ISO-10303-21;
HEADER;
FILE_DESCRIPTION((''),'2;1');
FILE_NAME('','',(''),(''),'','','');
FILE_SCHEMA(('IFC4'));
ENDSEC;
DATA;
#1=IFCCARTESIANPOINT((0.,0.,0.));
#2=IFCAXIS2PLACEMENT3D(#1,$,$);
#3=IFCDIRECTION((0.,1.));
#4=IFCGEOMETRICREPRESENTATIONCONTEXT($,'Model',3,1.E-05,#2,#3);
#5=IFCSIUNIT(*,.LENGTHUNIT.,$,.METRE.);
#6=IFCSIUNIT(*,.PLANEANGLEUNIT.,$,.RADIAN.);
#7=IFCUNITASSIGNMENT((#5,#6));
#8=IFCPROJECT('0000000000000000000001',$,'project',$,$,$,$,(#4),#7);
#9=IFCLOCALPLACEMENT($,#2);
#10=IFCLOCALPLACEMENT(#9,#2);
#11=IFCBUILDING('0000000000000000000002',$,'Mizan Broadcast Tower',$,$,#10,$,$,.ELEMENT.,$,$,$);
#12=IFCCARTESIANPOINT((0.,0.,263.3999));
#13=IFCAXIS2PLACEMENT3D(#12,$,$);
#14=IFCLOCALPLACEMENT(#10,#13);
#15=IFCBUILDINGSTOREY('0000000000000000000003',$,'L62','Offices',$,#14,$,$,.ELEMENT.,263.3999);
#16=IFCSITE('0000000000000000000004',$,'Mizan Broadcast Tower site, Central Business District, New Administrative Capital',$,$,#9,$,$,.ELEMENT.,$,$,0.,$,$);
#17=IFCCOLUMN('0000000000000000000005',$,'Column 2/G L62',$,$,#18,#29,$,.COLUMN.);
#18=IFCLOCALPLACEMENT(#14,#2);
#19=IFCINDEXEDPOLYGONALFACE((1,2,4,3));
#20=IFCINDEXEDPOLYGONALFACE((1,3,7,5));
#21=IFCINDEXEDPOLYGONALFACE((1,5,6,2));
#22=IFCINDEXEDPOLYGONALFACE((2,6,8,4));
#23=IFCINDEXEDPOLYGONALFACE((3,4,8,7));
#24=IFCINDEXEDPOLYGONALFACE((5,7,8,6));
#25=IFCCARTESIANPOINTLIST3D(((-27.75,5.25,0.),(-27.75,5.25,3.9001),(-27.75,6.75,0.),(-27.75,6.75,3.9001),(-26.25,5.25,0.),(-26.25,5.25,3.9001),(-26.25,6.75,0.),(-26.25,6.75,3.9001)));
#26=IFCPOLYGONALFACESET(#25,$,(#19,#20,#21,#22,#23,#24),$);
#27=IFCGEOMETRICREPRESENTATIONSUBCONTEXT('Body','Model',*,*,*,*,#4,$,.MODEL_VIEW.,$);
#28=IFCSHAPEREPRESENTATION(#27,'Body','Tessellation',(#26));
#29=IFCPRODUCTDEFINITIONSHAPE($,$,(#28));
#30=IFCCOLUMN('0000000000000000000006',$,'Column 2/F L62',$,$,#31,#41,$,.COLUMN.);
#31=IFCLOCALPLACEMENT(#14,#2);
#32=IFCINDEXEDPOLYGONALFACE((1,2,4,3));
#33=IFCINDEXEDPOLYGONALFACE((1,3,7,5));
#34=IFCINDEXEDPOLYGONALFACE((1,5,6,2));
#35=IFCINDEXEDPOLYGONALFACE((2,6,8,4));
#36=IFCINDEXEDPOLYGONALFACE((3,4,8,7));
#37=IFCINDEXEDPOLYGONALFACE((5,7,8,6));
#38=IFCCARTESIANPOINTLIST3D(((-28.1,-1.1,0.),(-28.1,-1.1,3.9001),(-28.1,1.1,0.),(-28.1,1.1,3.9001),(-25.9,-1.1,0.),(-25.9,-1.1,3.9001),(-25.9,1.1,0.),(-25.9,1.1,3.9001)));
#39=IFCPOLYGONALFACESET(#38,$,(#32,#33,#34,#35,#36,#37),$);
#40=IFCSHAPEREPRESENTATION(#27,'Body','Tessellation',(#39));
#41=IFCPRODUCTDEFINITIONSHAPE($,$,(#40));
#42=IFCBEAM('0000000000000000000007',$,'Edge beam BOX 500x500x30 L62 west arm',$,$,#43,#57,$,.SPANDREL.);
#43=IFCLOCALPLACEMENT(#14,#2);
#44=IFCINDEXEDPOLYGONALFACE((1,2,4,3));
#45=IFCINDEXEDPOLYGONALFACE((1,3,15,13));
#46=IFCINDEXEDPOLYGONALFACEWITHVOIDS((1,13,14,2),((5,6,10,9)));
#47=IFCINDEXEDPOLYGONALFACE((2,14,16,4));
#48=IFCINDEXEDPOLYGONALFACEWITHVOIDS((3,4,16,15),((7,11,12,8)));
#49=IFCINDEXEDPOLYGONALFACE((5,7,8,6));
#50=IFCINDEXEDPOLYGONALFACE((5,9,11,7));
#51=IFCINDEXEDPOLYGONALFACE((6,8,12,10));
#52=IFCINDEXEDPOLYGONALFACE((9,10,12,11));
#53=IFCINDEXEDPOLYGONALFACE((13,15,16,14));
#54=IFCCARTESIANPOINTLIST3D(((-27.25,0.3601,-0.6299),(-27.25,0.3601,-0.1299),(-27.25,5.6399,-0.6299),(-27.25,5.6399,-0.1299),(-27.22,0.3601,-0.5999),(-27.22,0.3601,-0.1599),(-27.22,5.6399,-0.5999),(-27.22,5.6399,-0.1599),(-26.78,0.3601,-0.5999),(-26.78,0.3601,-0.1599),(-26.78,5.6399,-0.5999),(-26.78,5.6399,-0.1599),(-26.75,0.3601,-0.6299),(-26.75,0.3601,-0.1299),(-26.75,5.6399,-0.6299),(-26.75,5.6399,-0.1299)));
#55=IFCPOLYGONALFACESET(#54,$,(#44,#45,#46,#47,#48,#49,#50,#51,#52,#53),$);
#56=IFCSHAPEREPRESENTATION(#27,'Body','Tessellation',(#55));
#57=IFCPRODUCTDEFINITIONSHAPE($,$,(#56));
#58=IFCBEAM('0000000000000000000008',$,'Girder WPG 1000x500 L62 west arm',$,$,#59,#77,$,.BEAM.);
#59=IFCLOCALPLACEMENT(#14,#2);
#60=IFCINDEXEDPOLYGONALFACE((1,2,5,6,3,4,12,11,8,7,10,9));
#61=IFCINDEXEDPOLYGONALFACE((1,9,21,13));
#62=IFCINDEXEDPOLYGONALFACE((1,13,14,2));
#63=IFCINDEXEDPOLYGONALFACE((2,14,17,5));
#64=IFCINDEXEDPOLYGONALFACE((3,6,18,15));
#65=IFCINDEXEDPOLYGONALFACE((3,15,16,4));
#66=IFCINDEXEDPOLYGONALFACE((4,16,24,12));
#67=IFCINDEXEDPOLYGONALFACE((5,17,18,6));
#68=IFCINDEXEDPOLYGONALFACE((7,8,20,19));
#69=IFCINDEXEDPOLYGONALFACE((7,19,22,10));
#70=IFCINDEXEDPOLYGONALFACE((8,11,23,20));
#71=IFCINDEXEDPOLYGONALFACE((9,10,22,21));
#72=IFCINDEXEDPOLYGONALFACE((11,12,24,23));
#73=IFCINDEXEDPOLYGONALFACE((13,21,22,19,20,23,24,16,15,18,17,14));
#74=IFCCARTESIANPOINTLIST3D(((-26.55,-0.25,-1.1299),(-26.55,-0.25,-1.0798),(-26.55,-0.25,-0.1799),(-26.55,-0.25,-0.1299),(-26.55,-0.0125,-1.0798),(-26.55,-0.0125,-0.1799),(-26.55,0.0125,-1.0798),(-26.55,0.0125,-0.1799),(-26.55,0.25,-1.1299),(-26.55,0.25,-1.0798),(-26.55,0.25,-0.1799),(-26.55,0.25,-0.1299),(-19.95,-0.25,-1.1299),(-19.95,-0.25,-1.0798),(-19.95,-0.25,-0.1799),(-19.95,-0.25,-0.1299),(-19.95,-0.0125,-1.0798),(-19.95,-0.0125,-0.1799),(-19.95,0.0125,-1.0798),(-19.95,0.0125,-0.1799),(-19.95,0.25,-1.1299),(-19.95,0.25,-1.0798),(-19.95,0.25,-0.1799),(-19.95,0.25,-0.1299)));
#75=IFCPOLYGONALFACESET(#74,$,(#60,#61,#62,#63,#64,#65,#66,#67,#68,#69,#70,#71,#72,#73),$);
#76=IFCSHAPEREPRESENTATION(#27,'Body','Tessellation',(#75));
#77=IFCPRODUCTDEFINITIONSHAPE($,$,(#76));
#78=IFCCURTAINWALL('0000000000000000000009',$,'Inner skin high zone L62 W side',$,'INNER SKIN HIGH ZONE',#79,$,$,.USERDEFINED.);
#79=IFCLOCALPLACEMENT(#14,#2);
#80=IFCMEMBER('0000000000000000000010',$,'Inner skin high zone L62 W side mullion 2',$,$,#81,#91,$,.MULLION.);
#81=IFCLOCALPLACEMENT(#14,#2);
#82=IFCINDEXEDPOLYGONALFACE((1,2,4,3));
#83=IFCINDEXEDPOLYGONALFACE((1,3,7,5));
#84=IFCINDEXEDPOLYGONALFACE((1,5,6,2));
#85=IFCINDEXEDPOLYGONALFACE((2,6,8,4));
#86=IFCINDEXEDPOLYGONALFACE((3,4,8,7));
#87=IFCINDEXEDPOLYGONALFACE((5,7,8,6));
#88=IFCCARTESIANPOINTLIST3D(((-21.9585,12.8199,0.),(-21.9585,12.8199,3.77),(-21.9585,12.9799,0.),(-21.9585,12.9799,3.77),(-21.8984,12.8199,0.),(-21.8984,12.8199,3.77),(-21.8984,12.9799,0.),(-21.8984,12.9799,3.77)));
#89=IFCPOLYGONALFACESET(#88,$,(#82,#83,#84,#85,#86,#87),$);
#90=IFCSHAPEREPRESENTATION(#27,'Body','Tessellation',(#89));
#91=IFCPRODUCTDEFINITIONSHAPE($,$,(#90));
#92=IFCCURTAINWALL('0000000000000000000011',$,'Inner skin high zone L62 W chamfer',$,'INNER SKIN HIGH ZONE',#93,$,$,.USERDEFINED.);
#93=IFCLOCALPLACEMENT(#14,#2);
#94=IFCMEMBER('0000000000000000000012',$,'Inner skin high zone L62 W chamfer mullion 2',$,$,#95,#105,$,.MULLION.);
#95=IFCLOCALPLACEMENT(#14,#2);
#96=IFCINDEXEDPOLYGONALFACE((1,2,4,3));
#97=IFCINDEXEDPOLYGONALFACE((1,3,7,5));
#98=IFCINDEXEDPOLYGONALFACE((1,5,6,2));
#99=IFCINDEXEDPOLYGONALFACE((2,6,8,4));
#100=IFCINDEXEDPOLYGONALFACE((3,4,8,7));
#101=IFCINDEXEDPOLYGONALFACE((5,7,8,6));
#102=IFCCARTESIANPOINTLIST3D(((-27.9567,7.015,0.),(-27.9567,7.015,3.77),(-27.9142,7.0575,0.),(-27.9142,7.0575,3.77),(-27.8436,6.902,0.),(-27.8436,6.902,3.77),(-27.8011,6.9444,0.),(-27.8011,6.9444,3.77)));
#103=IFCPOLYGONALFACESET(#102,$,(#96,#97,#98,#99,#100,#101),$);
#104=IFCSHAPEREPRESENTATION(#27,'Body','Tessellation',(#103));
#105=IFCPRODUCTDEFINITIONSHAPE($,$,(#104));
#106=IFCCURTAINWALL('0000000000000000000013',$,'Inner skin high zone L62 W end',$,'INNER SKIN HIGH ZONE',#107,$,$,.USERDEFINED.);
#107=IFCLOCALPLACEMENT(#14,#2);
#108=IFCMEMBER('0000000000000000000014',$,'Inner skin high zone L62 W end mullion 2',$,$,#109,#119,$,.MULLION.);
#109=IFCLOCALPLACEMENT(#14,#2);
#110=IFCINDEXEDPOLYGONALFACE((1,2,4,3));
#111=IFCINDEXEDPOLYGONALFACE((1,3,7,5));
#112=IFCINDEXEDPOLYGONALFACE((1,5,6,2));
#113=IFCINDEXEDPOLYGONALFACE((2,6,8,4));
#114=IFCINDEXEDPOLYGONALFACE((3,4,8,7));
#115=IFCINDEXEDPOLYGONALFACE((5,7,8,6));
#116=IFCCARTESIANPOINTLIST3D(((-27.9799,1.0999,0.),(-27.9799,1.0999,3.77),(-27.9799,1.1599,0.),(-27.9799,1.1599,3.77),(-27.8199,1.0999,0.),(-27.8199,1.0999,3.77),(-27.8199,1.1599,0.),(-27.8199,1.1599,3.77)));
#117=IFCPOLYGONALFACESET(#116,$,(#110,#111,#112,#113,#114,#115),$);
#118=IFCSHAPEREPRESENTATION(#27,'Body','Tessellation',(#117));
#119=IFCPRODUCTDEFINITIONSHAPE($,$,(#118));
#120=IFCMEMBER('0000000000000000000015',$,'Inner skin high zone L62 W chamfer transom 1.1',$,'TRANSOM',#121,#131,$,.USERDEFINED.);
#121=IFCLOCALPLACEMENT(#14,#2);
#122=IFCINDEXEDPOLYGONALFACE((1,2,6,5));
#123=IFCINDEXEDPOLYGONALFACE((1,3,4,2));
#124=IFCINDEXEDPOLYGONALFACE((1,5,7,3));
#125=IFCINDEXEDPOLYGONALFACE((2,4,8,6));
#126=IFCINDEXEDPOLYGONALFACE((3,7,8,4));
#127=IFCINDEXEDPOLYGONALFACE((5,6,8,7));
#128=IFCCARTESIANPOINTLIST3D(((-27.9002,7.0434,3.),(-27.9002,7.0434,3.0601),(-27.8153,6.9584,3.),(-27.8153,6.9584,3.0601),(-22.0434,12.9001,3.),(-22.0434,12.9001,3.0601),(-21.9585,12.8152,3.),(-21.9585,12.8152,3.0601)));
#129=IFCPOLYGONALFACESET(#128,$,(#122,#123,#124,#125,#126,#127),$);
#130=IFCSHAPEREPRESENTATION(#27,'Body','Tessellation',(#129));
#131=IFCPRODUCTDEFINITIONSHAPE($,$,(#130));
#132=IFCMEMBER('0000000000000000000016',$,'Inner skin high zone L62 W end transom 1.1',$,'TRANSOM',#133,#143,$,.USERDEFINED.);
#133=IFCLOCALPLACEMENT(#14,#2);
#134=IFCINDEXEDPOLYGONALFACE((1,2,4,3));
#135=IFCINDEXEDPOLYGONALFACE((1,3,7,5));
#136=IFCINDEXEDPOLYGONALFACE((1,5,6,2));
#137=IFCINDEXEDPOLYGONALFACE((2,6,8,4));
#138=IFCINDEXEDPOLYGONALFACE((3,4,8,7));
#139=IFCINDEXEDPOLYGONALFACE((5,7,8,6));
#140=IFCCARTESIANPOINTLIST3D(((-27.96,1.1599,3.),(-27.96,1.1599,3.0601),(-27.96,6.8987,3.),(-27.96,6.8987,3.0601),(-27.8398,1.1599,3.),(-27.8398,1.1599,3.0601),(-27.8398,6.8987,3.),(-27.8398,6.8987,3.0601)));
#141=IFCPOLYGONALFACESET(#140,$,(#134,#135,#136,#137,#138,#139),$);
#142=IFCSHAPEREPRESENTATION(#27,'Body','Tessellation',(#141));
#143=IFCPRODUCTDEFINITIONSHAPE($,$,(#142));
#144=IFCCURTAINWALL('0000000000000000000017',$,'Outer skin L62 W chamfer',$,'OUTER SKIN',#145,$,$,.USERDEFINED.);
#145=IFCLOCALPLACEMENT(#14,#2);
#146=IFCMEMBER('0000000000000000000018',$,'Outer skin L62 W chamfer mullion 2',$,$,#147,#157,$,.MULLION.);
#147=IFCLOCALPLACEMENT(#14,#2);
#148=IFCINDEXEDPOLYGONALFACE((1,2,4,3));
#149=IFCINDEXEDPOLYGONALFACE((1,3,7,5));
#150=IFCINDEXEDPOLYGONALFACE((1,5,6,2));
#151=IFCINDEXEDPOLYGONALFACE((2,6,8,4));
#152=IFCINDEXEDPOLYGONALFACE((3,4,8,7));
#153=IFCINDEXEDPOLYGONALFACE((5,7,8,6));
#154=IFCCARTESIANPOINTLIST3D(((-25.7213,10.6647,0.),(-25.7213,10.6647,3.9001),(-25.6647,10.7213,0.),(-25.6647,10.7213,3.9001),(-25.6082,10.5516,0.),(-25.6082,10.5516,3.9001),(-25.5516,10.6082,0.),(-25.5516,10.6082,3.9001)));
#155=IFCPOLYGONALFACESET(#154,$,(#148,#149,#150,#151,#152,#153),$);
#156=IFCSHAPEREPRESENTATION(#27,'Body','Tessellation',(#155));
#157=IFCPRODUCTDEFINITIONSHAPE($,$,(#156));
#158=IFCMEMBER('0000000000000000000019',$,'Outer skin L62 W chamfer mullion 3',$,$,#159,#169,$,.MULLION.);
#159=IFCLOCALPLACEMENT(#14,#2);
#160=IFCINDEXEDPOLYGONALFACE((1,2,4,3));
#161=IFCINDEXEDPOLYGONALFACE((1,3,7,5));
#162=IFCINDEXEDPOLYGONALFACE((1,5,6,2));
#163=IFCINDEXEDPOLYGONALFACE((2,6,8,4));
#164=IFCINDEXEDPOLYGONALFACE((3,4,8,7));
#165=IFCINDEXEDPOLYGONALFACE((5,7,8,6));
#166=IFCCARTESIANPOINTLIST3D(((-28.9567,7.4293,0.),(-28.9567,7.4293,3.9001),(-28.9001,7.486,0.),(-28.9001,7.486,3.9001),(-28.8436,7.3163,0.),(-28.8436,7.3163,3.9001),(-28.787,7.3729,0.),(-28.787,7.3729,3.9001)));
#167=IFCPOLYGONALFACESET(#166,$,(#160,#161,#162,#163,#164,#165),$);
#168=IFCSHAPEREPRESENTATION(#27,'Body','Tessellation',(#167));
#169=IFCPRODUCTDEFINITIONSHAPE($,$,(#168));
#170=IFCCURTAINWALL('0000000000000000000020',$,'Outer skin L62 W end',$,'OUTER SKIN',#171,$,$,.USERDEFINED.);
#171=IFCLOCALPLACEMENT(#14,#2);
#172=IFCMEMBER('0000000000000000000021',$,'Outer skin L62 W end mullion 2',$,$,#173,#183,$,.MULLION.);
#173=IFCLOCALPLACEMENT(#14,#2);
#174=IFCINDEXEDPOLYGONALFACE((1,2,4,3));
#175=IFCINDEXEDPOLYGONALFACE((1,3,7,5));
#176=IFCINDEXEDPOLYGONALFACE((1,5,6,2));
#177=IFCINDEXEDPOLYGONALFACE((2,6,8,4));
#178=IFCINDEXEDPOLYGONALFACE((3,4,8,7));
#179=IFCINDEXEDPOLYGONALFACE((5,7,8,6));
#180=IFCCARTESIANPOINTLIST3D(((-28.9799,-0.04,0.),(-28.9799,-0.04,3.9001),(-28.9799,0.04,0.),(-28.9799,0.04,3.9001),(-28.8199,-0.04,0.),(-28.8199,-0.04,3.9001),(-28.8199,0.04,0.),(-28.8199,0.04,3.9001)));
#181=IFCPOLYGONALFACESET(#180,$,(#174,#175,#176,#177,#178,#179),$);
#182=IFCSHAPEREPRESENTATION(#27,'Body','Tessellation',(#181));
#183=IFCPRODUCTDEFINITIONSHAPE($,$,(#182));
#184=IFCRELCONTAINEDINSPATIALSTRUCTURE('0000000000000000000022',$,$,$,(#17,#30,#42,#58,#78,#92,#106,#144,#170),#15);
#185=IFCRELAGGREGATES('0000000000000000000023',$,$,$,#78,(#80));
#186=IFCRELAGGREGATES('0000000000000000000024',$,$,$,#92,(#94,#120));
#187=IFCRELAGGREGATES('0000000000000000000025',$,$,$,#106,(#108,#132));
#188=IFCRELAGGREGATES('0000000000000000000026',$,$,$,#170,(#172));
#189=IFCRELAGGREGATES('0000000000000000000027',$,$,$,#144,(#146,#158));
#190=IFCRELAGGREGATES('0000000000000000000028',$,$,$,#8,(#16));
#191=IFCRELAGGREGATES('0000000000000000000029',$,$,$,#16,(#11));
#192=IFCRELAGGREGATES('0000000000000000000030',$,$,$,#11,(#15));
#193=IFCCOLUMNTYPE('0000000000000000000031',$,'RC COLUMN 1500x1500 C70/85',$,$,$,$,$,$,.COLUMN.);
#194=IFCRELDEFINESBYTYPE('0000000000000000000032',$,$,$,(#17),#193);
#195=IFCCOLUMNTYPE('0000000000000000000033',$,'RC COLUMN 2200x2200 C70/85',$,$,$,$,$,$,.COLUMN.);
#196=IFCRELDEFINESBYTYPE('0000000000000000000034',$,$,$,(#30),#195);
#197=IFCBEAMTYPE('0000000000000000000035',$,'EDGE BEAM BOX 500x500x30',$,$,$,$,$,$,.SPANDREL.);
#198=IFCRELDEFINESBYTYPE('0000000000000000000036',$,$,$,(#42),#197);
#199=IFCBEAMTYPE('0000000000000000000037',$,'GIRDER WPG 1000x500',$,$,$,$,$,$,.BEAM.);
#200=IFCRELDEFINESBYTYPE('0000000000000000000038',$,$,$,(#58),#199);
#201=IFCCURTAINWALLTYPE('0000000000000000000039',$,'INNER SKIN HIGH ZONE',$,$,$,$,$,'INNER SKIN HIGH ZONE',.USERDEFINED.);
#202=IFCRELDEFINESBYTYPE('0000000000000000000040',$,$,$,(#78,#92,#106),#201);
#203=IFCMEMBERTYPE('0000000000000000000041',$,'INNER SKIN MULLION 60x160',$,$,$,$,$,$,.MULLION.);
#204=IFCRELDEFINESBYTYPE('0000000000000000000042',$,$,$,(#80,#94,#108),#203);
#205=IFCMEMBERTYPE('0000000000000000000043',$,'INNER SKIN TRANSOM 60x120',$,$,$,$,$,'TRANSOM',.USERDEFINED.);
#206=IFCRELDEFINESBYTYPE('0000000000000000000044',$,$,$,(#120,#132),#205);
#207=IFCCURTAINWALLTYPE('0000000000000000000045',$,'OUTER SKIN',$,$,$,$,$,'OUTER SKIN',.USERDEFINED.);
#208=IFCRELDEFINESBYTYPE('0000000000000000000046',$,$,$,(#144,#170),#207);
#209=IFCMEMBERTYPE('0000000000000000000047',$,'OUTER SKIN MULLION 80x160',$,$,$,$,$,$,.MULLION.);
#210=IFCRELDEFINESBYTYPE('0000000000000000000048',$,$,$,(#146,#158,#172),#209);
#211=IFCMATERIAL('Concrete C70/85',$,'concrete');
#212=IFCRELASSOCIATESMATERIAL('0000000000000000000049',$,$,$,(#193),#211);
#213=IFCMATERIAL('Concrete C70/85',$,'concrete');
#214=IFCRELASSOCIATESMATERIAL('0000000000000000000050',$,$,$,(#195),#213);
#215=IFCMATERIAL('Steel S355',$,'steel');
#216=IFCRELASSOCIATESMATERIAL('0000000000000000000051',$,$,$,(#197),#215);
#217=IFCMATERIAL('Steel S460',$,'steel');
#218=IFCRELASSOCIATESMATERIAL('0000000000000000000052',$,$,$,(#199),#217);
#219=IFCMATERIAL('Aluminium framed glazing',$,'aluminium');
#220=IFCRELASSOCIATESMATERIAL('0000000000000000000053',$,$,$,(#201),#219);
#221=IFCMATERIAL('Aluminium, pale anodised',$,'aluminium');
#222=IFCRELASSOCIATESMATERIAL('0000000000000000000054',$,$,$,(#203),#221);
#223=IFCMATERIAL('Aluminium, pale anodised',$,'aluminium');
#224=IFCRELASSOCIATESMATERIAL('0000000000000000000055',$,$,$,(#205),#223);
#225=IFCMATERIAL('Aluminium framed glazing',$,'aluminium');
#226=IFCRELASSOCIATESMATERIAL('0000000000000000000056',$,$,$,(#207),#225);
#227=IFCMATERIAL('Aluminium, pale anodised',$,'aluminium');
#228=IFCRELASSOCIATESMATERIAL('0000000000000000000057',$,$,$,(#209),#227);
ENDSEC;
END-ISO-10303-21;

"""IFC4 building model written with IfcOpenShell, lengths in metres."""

from ifc_helpers import new_model, si_unit, direction, frame, origin, origin_2d, place, context, subcontext, project, spatial, rectangle, hollow_rectangle, i_section, extrude, material, material_profile, profile_set, type_object, element, aggregate, save


model = new_model("IFC4")

# Units and contexts
model_context = context("Model", 3, precision=1e-05, world=origin(), true_north=direction((0.0, 1.0)))
body_context = subcontext(model_context, "Body", "Model", "MODEL_VIEW")
ifc_project = project(units=[si_unit("LENGTHUNIT", "METRE"), si_unit("PLANEANGLEUNIT", "RADIAN")], contexts=[model_context])

# Site, building, storey
site_placement = place(None, origin())
site = spatial("IfcSite", under=ifc_project, at=site_placement, Name="Mizan Broadcast Tower site, Central Business District, New Administrative Capital", CompositionType="ELEMENT", RefElevation=0.0)
building_placement = place(site_placement, origin())
building = spatial("IfcBuilding", under=site, at=building_placement, Name="Mizan Broadcast Tower", CompositionType="ELEMENT")
storey_placement = place(building_placement, frame((0.0, 0.0, 263.3999)))
storey = spatial("IfcBuildingStorey", under=building, at=storey_placement, Name="L62", Description="Offices", CompositionType="ELEMENT", Elevation=263.3999)

# Columns
ifc_material_1 = material(Name="Concrete C70/85", Category="concrete")
ifc_material_profile_1 = material_profile(ifc_material_1, rectangle(XDim=1.5, YDim=1.5, at=origin_2d()), Name="RC 1500x1500")
ifc_profile_set_1 = profile_set([ifc_material_profile_1], Name="Concrete C70/85")
column_type_1 = type_object("IfcColumnType", Name="RC COLUMN 1500x1500 C70/85", PredefinedType="COLUMN", material=ifc_profile_set_1)
column_1_placement = place(storey_placement, frame((-27.0, 6.0, 0.0), z_axis=(0.0, 0.0, 1.0), x_axis=(1.0, 0.0, 0.0)))
element("IfcColumn", 1, at=column_1_placement, inside=storey, type_object=column_type_1, Name="Column 2/G L62", PredefinedType="COLUMN", context=body_context, shape_type="SweptSolid", body=[
    extrude(rectangle(XDim=1.5, YDim=1.5, at=origin_2d()), origin(), (0.0, 0.0, 1.0), 3.9001),
])
ifc_material_2 = material(Name="Concrete C70/85", Category="concrete")
ifc_material_profile_2 = material_profile(ifc_material_2, rectangle(XDim=2.2, YDim=2.2, at=origin_2d()), Name="RC 2200x2200")
ifc_profile_set_2 = profile_set([ifc_material_profile_2], Name="Concrete C70/85")
column_type_2 = type_object("IfcColumnType", Name="RC COLUMN 2200x2200 C70/85", PredefinedType="COLUMN", material=ifc_profile_set_2)
column_2_placement = place(storey_placement, frame((-27.0, 0.0, 0.0), z_axis=(0.0, 0.0, 1.0), x_axis=(1.0, 0.0, 0.0)))
element("IfcColumn", 2, at=column_2_placement, inside=storey, type_object=column_type_2, Name="Column 2/F L62", PredefinedType="COLUMN", context=body_context, shape_type="SweptSolid", body=[
    extrude(rectangle(XDim=2.2, YDim=2.2, at=origin_2d()), origin(), (0.0, 0.0, 1.0), 3.9001),
])

# Beams
ifc_material_3 = material(Name="Steel S355", Category="steel")
ifc_material_profile_3 = material_profile(ifc_material_3, hollow_rectangle(XDim=0.5, YDim=0.5, WallThickness=0.03, at=origin_2d()), Name="BOX 500x500x30")
ifc_profile_set_3 = profile_set([ifc_material_profile_3], Name="Steel S355")
beam_type_1 = type_object("IfcBeamType", Name="EDGE BEAM BOX 500x500x30", PredefinedType="SPANDREL", material=ifc_profile_set_3)
beam_1_placement = place(storey_placement, frame((-27.0, 5.6399, -0.3799), z_axis=(0.0, -1.0, 0.0), x_axis=(1.0, 0.0, 0.0)))
element("IfcBeam", 3, at=beam_1_placement, inside=storey, type_object=beam_type_1, Name="Edge beam BOX 500x500x30 L62 west arm", PredefinedType="SPANDREL", context=body_context, shape_type="SweptSolid", body=[
    extrude(hollow_rectangle(XDim=0.5, YDim=0.5, WallThickness=0.03, at=origin_2d()), origin(), (0.0, 0.0, 1.0), 5.2798),
])
ifc_material_4 = material(Name="Steel S460", Category="steel")
ifc_material_profile_4 = material_profile(ifc_material_4, i_section(OverallWidth=0.5, OverallDepth=1.0, WebThickness=0.0249, FlangeThickness=0.05, at=origin_2d()), Name="WPG 1000x500")
ifc_profile_set_4 = profile_set([ifc_material_profile_4], Name="Steel S460")
beam_type_2 = type_object("IfcBeamType", Name="GIRDER WPG 1000x500", PredefinedType="BEAM", material=ifc_profile_set_4)
beam_2_placement = place(storey_placement, frame((-19.95, 0.0, -0.6299), z_axis=(-1.0, 0.0, 0.0), x_axis=(0.0, -1.0, 0.0)))
element("IfcBeam", 4, at=beam_2_placement, inside=storey, type_object=beam_type_2, Name="Girder WPG 1000x500 L62 west arm", PredefinedType="BEAM", context=body_context, shape_type="SweptSolid", body=[
    extrude(i_section(OverallWidth=0.5, OverallDepth=1.0, WebThickness=0.0249, FlangeThickness=0.05, at=origin_2d()), origin(), (0.0, 0.0, 1.0), 6.6001),
])

# Curtain walls, members
ifc_material_5 = material(Name="Aluminium framed glazing", Category="aluminium")
curtain_wall_type_1 = type_object("IfcCurtainWallType", Name="INNER SKIN HIGH ZONE", ElementType="INNER SKIN HIGH ZONE", PredefinedType="USERDEFINED", material=ifc_material_5)
curtain_wall_1_placement = place(storey_placement, origin())
curtain_wall_1 = element("IfcCurtainWall", 5, at=curtain_wall_1_placement, inside=storey, type_object=curtain_wall_type_1, Name="Inner skin high zone L62 W side", ObjectType="INNER SKIN HIGH ZONE", PredefinedType="USERDEFINED")
ifc_material_6 = material(Name="Aluminium, pale anodised", Category="aluminium")
ifc_material_profile_5 = material_profile(ifc_material_6, rectangle(XDim=0.1599, YDim=0.0601, at=origin_2d()), Name="MULLION 160x60")
ifc_profile_set_5 = profile_set([ifc_material_profile_5], Name="Aluminium, pale anodised")
member_type_1 = type_object("IfcMemberType", Name="INNER SKIN MULLION 60x160", PredefinedType="MULLION", material=ifc_profile_set_5)
member_1_placement = place(storey_placement, frame((-21.9285, 12.8999, 0.0), z_axis=(0.0, 0.0, 1.0), x_axis=(0.0, -1.0, 0.0)))
member_1 = element("IfcMember", 6, at=member_1_placement, type_object=member_type_1, Name="Inner skin high zone L62 W side mullion 2", PredefinedType="MULLION", context=body_context, shape_type="SweptSolid", body=[
    extrude(rectangle(XDim=0.1599, YDim=0.0601, at=origin_2d()), origin(), (0.0, 0.0, 1.0), 3.77),
])
curtain_wall_2_placement = place(storey_placement, origin())
curtain_wall_2 = element("IfcCurtainWall", 7, at=curtain_wall_2_placement, inside=storey, type_object=curtain_wall_type_1, Name="Inner skin high zone L62 W chamfer", ObjectType="INNER SKIN HIGH ZONE", PredefinedType="USERDEFINED")
member_2_placement = place(storey_placement, frame((-27.8789, 6.9797, 0.0), z_axis=(0.0, 0.0, 1.0), x_axis=(0.707107, -0.707107, 0.0)))
member_2 = element("IfcMember", 8, at=member_2_placement, type_object=member_type_1, Name="Inner skin high zone L62 W chamfer mullion 2", PredefinedType="MULLION", context=body_context, shape_type="SweptSolid", body=[
    extrude(rectangle(XDim=0.1599, YDim=0.0601, at=origin_2d()), origin(), (0.0, 0.0, 1.0), 3.77),
])
curtain_wall_3_placement = place(storey_placement, origin())
curtain_wall_3 = element("IfcCurtainWall", 9, at=curtain_wall_3_placement, inside=storey, type_object=curtain_wall_type_1, Name="Inner skin high zone L62 W end", ObjectType="INNER SKIN HIGH ZONE", PredefinedType="USERDEFINED")
member_3_placement = place(storey_placement, frame((-27.8999, 1.1299, 0.0), z_axis=(0.0, 0.0, 1.0), x_axis=(1.0, 0.0, 0.0)))
member_3 = element("IfcMember", 10, at=member_3_placement, type_object=member_type_1, Name="Inner skin high zone L62 W end mullion 2", PredefinedType="MULLION", context=body_context, shape_type="SweptSolid", body=[
    extrude(rectangle(XDim=0.1599, YDim=0.0601, at=origin_2d()), origin(), (0.0, 0.0, 1.0), 3.77),
])

# Members
ifc_material_7 = material(Name="Aluminium, pale anodised", Category="aluminium")
ifc_material_profile_6 = material_profile(ifc_material_7, rectangle(XDim=0.1201, YDim=0.0601, at=origin_2d()), Name="TRANSOM 120x60")
ifc_profile_set_6 = profile_set([ifc_material_profile_6], Name="Aluminium, pale anodised")
member_type_2 = type_object("IfcMemberType", Name="INNER SKIN TRANSOM 60x120", ElementType="TRANSOM", PredefinedType="USERDEFINED", material=ifc_profile_set_6)
member_4_placement = place(storey_placement, frame((-22.001, 12.8577, 3.03), z_axis=(-0.707107, -0.707107, 0.0), x_axis=(0.707107, -0.707107, 0.0)))
member_4 = element("IfcMember", 11, at=member_4_placement, type_object=member_type_2, Name="Inner skin high zone L62 W chamfer transom 1.1", ObjectType="TRANSOM", PredefinedType="USERDEFINED", context=body_context, shape_type="SweptSolid", body=[
    extrude(rectangle(XDim=0.1201, YDim=0.0601, at=origin_2d()), origin(), (0.0, 0.0, 1.0), 8.2827),
])
member_5_placement = place(storey_placement, frame((-27.8999, 6.8987, 3.03), z_axis=(0.0, -1.0, 0.0), x_axis=(1.0, 0.0, 0.0)))
member_5 = element("IfcMember", 12, at=member_5_placement, type_object=member_type_2, Name="Inner skin high zone L62 W end transom 1.1", ObjectType="TRANSOM", PredefinedType="USERDEFINED", context=body_context, shape_type="SweptSolid", body=[
    extrude(rectangle(XDim=0.1201, YDim=0.0601, at=origin_2d()), origin(), (0.0, 0.0, 1.0), 5.7388),
])

# Curtain wall, members
ifc_material_8 = material(Name="Aluminium framed glazing", Category="aluminium")
curtain_wall_type_2 = type_object("IfcCurtainWallType", Name="OUTER SKIN", ElementType="OUTER SKIN", PredefinedType="USERDEFINED", material=ifc_material_8)
curtain_wall_4_placement = place(storey_placement, origin())
curtain_wall_4 = element("IfcCurtainWall", 13, at=curtain_wall_4_placement, inside=storey, type_object=curtain_wall_type_2, Name="Outer skin L62 W chamfer", ObjectType="OUTER SKIN", PredefinedType="USERDEFINED")
ifc_material_9 = material(Name="Aluminium, pale anodised", Category="aluminium")
ifc_material_profile_7 = material_profile(ifc_material_9, rectangle(XDim=0.1599, YDim=0.0801, at=origin_2d()), Name="MULLION 160x80")
ifc_profile_set_7 = profile_set([ifc_material_profile_7], Name="Aluminium, pale anodised")
member_type_3 = type_object("IfcMemberType", Name="OUTER SKIN MULLION 80x160", PredefinedType="MULLION", material=ifc_profile_set_7)
member_6_placement = place(storey_placement, frame((-25.6365, 10.6365, 0.0), z_axis=(0.0, 0.0, 1.0), x_axis=(0.707107, -0.707107, 0.0)))
member_6 = element("IfcMember", 14, at=member_6_placement, type_object=member_type_3, Name="Outer skin L62 W chamfer mullion 2", PredefinedType="MULLION", context=body_context, shape_type="SweptSolid", body=[
    extrude(rectangle(XDim=0.1599, YDim=0.0801, at=origin_2d()), origin(), (0.0, 0.0, 1.0), 3.9001),
])
member_7_placement = place(storey_placement, frame((-28.8718, 7.4011, 0.0), z_axis=(0.0, 0.0, 1.0), x_axis=(0.707107, -0.707107, 0.0)))
member_7 = element("IfcMember", 15, at=member_7_placement, type_object=member_type_3, Name="Outer skin L62 W chamfer mullion 3", PredefinedType="MULLION", context=body_context, shape_type="SweptSolid", body=[
    extrude(rectangle(XDim=0.1599, YDim=0.0801, at=origin_2d()), origin(), (0.0, 0.0, 1.0), 3.9001),
])

# Curtain wall, member
curtain_wall_5_placement = place(storey_placement, origin())
curtain_wall_5 = element("IfcCurtainWall", 16, at=curtain_wall_5_placement, inside=storey, type_object=curtain_wall_type_2, Name="Outer skin L62 W end", ObjectType="OUTER SKIN", PredefinedType="USERDEFINED")
member_8_placement = place(storey_placement, frame((-28.8999, 0.0, 0.0), z_axis=(0.0, 0.0, 1.0), x_axis=(1.0, 0.0, 0.0)))
member_8 = element("IfcMember", 17, at=member_8_placement, type_object=member_type_3, Name="Outer skin L62 W end mullion 2", PredefinedType="MULLION", context=body_context, shape_type="SweptSolid", body=[
    extrude(rectangle(XDim=0.1599, YDim=0.0801, at=origin_2d()), origin(), (0.0, 0.0, 1.0), 3.9001),
])

aggregate(curtain_wall_1, [member_1])
aggregate(curtain_wall_2, [member_2, member_4])
aggregate(curtain_wall_3, [member_3, member_5])
aggregate(curtain_wall_5, [member_8])
aggregate(curtain_wall_4, [member_6, member_7])

save(model, "model.ifc")
